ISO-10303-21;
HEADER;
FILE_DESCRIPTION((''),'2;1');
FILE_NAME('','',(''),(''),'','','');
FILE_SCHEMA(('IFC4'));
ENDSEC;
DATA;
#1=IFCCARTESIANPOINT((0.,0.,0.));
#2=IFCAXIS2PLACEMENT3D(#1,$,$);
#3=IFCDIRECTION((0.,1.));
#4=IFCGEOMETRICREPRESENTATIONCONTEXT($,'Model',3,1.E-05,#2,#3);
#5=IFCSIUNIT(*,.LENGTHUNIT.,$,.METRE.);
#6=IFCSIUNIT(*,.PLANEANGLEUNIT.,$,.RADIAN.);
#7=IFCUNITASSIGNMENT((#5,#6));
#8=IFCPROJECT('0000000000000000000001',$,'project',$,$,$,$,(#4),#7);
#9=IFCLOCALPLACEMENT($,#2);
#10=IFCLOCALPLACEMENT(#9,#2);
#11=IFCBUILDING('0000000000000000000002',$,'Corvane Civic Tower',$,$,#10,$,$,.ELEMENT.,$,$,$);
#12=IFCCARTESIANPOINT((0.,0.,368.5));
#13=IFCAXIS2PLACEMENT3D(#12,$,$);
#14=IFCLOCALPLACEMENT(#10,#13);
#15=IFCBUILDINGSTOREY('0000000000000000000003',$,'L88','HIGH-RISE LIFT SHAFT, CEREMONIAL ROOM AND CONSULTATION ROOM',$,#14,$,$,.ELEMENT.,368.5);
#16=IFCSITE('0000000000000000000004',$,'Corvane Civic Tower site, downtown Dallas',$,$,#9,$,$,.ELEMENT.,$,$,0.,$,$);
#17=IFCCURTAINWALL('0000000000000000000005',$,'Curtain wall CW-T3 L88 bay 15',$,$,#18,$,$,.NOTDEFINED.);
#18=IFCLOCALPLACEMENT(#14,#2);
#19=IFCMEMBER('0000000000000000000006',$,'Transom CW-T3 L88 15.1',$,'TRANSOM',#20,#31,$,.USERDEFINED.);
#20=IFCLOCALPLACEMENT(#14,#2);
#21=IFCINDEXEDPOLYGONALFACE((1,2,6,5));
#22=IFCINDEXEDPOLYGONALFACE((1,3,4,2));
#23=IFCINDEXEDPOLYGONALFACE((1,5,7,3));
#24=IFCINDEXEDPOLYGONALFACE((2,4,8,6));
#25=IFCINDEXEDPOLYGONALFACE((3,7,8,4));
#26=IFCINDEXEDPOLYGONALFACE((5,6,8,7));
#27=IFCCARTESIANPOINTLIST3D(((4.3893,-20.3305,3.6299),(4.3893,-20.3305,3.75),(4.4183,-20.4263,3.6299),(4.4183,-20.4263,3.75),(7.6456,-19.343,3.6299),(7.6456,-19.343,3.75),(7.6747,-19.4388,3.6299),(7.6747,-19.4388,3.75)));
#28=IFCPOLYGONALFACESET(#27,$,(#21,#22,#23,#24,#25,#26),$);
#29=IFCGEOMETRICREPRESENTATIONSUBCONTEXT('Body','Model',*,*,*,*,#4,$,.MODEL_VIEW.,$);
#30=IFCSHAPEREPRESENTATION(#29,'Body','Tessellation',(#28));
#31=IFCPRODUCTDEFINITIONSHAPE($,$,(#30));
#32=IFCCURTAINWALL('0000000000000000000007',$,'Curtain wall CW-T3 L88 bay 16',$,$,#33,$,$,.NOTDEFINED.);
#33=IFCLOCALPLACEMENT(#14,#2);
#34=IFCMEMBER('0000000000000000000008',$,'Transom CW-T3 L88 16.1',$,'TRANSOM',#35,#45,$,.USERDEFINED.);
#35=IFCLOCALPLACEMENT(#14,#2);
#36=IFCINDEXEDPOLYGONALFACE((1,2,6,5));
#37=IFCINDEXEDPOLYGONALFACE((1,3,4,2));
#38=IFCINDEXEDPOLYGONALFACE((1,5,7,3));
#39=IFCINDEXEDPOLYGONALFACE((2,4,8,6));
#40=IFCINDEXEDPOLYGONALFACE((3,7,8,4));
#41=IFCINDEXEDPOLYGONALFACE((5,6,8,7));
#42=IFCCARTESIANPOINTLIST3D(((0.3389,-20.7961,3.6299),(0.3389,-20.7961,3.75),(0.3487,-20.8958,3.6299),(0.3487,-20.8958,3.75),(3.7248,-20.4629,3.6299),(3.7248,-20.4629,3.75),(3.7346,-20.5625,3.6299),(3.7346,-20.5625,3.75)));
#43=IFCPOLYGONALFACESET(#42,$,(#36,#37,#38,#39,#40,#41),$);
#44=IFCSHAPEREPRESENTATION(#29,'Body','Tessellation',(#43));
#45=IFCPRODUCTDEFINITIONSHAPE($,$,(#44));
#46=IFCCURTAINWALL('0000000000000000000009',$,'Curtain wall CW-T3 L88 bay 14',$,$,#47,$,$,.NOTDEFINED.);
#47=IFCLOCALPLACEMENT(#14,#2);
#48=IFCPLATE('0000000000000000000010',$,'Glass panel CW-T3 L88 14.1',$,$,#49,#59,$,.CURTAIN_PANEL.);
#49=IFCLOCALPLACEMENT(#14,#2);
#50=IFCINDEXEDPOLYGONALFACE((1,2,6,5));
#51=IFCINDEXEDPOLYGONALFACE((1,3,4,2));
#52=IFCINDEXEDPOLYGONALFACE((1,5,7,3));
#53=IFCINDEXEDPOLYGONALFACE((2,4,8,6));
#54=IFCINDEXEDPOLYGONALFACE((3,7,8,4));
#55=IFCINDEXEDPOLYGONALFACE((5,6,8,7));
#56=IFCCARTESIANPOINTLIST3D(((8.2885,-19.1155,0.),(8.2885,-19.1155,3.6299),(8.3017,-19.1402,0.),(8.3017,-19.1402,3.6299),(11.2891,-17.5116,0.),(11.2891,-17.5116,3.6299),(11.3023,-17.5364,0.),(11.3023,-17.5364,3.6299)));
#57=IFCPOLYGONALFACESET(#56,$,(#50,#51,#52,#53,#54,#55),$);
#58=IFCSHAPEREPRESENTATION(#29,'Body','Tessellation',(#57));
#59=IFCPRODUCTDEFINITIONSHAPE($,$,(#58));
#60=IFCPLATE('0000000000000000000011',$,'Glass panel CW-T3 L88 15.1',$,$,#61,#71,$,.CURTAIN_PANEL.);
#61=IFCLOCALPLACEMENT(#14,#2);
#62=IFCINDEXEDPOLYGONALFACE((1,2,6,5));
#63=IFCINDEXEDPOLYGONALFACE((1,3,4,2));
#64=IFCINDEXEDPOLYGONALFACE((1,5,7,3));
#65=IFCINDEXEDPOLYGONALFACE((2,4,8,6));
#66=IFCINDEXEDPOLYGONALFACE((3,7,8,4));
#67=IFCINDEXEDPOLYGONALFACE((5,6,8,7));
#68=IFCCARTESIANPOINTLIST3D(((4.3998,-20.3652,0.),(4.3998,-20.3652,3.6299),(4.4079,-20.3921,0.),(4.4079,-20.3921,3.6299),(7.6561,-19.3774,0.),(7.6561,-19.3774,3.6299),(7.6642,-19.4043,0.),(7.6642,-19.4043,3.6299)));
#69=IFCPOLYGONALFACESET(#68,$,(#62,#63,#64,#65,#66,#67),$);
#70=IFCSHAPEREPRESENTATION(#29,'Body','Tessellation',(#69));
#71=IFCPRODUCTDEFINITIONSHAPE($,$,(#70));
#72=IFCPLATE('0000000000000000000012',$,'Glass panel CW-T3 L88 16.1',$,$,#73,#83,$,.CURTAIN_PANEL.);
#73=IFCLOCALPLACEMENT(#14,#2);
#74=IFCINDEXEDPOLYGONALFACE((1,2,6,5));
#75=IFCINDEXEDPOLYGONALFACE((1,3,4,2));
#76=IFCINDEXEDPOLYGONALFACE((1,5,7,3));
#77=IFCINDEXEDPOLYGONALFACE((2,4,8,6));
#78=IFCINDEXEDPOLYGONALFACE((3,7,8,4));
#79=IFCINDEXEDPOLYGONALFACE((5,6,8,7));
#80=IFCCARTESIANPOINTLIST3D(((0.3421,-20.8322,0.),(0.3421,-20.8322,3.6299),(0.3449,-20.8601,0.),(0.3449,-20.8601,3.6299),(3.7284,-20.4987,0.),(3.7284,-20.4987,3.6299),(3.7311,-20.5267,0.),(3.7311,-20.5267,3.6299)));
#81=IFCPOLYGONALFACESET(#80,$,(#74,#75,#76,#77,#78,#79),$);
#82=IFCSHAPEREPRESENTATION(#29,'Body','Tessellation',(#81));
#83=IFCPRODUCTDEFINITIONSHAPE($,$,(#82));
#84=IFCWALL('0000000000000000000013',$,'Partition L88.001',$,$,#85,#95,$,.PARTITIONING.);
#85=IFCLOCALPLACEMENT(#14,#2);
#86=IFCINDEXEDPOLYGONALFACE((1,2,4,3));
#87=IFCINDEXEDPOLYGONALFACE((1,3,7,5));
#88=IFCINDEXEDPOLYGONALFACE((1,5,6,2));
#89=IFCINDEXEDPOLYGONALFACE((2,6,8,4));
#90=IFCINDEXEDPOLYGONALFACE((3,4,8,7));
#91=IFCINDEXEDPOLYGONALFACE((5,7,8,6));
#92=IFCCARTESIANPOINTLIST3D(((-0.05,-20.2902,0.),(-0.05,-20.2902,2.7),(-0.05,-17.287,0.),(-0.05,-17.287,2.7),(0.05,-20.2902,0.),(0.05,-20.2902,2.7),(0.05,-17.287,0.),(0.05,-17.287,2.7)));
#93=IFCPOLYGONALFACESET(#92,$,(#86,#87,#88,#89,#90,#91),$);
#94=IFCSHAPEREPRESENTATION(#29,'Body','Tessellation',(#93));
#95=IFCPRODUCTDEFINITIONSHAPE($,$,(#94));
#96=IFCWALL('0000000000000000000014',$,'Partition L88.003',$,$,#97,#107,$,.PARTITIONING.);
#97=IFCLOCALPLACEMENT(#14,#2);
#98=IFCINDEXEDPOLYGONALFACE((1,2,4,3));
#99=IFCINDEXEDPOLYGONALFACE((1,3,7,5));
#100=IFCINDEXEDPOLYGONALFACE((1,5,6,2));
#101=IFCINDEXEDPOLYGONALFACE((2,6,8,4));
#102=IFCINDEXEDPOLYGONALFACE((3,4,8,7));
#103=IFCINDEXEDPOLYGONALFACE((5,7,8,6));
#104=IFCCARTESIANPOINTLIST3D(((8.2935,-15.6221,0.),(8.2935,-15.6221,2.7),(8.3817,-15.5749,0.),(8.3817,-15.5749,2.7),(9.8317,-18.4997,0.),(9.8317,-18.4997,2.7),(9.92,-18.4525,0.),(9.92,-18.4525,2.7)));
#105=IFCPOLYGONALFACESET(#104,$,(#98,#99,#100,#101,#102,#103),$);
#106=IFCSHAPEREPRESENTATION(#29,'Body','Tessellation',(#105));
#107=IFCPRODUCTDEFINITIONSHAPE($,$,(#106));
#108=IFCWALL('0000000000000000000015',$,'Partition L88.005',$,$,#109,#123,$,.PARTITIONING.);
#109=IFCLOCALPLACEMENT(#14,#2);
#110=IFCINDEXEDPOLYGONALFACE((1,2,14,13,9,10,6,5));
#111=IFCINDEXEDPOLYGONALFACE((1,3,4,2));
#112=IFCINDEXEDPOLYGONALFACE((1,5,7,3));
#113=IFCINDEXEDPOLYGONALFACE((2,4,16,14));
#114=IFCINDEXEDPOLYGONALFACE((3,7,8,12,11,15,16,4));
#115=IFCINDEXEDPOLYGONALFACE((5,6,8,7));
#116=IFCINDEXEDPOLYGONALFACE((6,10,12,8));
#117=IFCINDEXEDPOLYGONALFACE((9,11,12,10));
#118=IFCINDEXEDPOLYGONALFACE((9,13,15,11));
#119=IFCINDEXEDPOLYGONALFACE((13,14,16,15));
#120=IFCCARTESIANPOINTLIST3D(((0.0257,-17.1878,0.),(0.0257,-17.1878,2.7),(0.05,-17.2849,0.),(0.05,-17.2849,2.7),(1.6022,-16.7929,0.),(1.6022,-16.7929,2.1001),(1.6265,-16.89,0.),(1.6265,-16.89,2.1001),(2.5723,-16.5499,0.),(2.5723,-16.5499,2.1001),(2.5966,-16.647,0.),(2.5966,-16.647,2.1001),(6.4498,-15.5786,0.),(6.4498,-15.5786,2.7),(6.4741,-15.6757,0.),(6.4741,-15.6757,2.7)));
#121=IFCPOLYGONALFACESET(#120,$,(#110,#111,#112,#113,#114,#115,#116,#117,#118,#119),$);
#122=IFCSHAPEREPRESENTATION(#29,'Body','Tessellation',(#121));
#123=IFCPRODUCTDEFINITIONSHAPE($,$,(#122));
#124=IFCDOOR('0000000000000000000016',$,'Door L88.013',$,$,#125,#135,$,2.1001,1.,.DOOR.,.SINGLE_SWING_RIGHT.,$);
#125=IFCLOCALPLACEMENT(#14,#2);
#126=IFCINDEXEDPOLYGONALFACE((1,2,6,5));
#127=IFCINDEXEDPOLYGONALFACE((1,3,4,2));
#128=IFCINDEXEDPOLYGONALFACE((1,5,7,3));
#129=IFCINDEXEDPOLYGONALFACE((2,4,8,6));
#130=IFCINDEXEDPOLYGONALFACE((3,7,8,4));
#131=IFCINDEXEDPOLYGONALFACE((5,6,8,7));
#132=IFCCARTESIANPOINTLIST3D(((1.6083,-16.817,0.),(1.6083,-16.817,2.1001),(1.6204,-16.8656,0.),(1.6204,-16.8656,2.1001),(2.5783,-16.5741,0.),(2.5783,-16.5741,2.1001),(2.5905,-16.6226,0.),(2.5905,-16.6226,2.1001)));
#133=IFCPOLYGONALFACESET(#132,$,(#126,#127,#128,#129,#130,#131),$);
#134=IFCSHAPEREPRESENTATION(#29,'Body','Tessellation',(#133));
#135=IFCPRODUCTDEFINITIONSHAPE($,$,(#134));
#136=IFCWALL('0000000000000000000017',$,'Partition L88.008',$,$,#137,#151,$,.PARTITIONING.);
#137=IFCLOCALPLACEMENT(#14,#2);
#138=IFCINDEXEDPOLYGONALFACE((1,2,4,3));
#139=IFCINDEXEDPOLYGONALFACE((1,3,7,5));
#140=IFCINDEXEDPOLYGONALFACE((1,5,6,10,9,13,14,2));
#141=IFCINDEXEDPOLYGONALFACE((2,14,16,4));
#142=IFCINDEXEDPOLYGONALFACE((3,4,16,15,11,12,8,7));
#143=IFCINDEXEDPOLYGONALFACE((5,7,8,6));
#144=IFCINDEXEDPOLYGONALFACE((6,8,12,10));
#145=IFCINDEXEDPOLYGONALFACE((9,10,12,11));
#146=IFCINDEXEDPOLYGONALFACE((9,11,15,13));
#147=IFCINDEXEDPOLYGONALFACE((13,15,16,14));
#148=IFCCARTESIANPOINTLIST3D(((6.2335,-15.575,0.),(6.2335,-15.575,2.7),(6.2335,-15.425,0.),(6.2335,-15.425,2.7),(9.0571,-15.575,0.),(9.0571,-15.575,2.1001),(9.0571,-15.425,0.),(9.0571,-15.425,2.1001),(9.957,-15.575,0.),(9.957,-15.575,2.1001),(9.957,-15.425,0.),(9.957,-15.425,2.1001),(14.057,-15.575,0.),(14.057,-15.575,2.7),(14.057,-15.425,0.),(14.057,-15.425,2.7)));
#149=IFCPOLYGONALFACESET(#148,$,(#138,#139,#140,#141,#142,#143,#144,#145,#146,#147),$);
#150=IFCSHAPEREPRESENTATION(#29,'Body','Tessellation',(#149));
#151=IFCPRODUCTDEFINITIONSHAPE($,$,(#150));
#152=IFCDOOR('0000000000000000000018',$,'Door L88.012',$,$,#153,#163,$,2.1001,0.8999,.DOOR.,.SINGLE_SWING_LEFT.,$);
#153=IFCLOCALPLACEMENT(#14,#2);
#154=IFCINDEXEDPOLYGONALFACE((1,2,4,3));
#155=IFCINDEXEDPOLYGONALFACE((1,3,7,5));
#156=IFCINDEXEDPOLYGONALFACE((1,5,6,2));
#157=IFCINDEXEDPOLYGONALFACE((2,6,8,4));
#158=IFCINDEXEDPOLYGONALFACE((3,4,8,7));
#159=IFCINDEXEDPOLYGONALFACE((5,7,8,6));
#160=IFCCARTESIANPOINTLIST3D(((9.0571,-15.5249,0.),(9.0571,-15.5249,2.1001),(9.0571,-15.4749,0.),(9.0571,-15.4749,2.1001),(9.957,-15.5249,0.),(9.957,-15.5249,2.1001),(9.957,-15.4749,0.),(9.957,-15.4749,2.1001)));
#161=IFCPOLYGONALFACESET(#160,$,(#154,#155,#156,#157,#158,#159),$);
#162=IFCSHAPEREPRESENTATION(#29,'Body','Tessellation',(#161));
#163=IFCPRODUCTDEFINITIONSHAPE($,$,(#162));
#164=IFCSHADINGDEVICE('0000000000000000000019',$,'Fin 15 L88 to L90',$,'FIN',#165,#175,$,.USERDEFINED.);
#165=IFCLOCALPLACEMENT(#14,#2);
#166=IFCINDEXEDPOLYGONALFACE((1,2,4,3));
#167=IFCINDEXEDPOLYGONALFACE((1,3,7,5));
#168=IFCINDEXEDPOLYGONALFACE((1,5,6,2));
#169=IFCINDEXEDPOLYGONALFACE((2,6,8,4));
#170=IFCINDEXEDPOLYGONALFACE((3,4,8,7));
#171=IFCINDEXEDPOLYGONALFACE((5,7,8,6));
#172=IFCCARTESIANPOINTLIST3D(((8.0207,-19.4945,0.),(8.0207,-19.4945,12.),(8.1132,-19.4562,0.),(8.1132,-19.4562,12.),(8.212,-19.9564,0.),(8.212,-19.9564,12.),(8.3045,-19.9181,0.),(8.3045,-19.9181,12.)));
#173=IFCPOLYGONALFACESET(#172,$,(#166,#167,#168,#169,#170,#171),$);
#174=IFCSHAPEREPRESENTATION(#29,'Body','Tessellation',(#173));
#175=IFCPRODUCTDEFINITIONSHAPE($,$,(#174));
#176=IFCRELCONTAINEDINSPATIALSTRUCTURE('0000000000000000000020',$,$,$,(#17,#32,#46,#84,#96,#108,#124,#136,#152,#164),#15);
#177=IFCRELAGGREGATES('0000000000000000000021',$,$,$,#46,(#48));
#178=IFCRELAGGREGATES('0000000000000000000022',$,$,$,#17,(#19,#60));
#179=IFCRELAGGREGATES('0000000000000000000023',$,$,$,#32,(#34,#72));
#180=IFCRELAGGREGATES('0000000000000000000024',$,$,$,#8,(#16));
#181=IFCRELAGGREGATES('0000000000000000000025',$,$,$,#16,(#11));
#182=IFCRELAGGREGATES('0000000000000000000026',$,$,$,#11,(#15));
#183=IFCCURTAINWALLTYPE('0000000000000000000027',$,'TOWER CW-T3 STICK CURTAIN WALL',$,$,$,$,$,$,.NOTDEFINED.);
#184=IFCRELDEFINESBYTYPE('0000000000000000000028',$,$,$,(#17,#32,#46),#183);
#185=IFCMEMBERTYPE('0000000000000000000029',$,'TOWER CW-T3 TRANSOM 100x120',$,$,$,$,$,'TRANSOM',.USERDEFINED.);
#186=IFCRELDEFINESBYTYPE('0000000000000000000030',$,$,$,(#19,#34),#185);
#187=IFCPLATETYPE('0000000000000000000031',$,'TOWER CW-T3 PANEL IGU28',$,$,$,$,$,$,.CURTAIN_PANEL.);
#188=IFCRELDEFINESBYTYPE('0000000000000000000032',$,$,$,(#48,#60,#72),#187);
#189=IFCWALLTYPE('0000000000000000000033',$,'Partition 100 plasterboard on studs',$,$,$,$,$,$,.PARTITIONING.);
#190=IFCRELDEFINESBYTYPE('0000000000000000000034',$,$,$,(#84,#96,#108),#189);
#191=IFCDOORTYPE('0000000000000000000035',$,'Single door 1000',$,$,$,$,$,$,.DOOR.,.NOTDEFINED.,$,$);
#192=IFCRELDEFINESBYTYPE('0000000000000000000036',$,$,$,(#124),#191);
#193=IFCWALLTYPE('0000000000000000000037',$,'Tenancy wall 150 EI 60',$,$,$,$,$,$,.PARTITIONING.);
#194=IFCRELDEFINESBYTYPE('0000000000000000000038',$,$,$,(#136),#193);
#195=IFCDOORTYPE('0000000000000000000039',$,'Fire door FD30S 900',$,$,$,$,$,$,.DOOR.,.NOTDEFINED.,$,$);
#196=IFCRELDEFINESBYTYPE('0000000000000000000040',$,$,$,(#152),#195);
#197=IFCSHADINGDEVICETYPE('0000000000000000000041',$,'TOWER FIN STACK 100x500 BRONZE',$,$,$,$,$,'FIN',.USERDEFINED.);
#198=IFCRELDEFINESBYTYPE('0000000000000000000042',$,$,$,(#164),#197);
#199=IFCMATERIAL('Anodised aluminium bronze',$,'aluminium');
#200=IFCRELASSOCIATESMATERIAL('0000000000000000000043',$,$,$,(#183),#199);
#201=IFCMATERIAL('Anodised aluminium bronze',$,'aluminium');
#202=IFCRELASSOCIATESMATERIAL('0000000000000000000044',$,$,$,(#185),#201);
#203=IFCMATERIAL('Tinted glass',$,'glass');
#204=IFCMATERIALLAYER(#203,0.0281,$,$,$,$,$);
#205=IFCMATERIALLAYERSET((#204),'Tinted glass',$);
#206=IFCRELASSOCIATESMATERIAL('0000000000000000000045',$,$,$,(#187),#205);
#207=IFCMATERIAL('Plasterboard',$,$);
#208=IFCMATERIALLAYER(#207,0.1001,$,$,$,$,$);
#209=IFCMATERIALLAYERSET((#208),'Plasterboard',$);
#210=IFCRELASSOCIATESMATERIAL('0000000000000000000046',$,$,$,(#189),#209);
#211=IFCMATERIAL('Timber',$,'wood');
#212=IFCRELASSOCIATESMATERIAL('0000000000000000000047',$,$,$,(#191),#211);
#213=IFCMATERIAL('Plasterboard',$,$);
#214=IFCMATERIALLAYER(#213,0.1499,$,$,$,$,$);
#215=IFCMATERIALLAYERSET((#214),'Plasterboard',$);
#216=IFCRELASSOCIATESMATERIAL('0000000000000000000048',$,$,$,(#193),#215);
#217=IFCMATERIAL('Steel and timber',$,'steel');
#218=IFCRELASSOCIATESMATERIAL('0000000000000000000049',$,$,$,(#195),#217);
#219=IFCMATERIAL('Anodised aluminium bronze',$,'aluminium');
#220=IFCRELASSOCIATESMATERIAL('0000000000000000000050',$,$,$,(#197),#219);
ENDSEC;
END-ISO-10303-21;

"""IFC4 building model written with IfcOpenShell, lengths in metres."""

from ifc_helpers import new_model, si_unit, direction, frame, frame_2d, origin, origin_2d, place, context, subcontext, project, spatial, rectangle, extrude, material, layer, layer_set, material_profile, profile_set, type_object, element, fill, aggregate, save


model = new_model("IFC4")

# Units and contexts
model_context = context("Model", 3, precision=1e-05, world=origin(), true_north=direction((0.0, 1.0)))
body_context = subcontext(model_context, "Body", "Model", "MODEL_VIEW")
ifc_project = project(units=[si_unit("LENGTHUNIT", "METRE"), si_unit("PLANEANGLEUNIT", "RADIAN")], contexts=[model_context])

# Site, building, storey
site_placement = place(None, origin())
site = spatial("IfcSite", under=ifc_project, at=site_placement, Name="Corvane Civic Tower site, downtown Dallas", CompositionType="ELEMENT", RefElevation=0.0)
building_placement = place(site_placement, origin())
building = spatial("IfcBuilding", under=site, at=building_placement, Name="Corvane Civic Tower", CompositionType="ELEMENT")
storey_placement = place(building_placement, frame((0.0, 0.0, 368.5)))
storey = spatial("IfcBuildingStorey", under=building, at=storey_placement, Name="L88", Description="HIGH-RISE LIFT SHAFT, CEREMONIAL ROOM AND CONSULTATION ROOM", CompositionType="ELEMENT", Elevation=368.5)

# Curtain walls, members
ifc_material_1 = material(Name="Anodised aluminium bronze", Category="aluminium")
curtain_wall_type = type_object("IfcCurtainWallType", Name="TOWER CW-T3 STICK CURTAIN WALL", PredefinedType="NOTDEFINED", material=ifc_material_1)
curtain_wall_1_placement = place(storey_placement, origin())
curtain_wall_1 = element("IfcCurtainWall", 1, at=curtain_wall_1_placement, inside=storey, type_object=curtain_wall_type, Name="Curtain wall CW-T3 L88 bay 15", PredefinedType="NOTDEFINED")
ifc_material_2 = material(Name="Anodised aluminium bronze", Category="aluminium")
ifc_material_profile_1 = material_profile(ifc_material_2, rectangle(XDim=0.1001, YDim=0.1201, at=origin_2d()), Name="TOWER CW-T3 TRANSOM 100x120")
ifc_profile_set_1 = profile_set([ifc_material_profile_1], Name="Anodised aluminium bronze")
member_type = type_object("IfcMemberType", Name="TOWER CW-T3 TRANSOM 100x120", ElementType="TRANSOM", PredefinedType="USERDEFINED", material=ifc_profile_set_1)
member_1_placement = place(storey_placement, frame((7.6602, -19.3909, 3.6899), z_axis=(-0.956961, -0.290216, 0.0), x_axis=(0.290216, -0.956961, 0.0)))
member_1 = element("IfcMember", 2, at=member_1_placement, type_object=member_type, Name="Transom CW-T3 L88 15.1", ObjectType="TRANSOM", PredefinedType="USERDEFINED", context=body_context, shape_type="SweptSolid", body=[
    extrude(rectangle(XDim=0.1001, YDim=0.1201, at=origin_2d()), origin(), (0.0, 0.0, 1.0), 3.4028),
])
curtain_wall_2_placement = place(storey_placement, origin())
curtain_wall_2 = element("IfcCurtainWall", 3, at=curtain_wall_2_placement, inside=storey, type_object=curtain_wall_type, Name="Curtain wall CW-T3 L88 bay 16", PredefinedType="NOTDEFINED")
member_2_placement = place(storey_placement, frame((3.7297, -20.5127, 3.6899), z_axis=(-0.995192, -0.097948, 0.0), x_axis=(0.097948, -0.995192, 0.0)))
member_2 = element("IfcMember", 4, at=member_2_placement, type_object=member_type, Name="Transom CW-T3 L88 16.1", ObjectType="TRANSOM", PredefinedType="USERDEFINED", context=body_context, shape_type="SweptSolid", body=[
    extrude(rectangle(XDim=0.1001, YDim=0.1201, at=origin_2d()), origin(), (0.0, 0.0, 1.0), 3.4023),
])

# Curtain wall, plate
curtain_wall_3_placement = place(storey_placement, origin())
curtain_wall_3 = element("IfcCurtainWall", 5, at=curtain_wall_3_placement, inside=storey, type_object=curtain_wall_type, Name="Curtain wall CW-T3 L88 bay 14", PredefinedType="NOTDEFINED")
ifc_material_3 = material(Name="Tinted glass", Category="glass")
ifc_layer_1 = layer(ifc_material_3, 0.0281)
ifc_layer_set_1 = layer_set([ifc_layer_1], Name="Tinted glass")
plate_type = type_object("IfcPlateType", Name="TOWER CW-T3 PANEL IGU28", PredefinedType="CURTAIN_PANEL", material=ifc_layer_set_1)
plate_1_placement = place(storey_placement, frame((9.7954, -18.3259, 0.0), z_axis=(0.0, 0.0, 1.0), x_axis=(-0.881928, -0.471384, 0.0)))
plate_1 = element("IfcPlate", 6, at=plate_1_placement, type_object=plate_type, Name="Glass panel CW-T3 L88 14.1", PredefinedType="CURTAIN_PANEL", context=body_context, shape_type="SweptSolid", body=[
    extrude(rectangle(XDim=3.4023, YDim=0.0281, at=origin_2d()), origin(), (0.0, 0.0, 1.0), 3.6299),
])
aggregate(curtain_wall_3, [plate_1])

# Plates
plate_2_placement = place(storey_placement, frame((6.032, -19.8848, 0.0), z_axis=(0.0, 0.0, 1.0), x_axis=(-0.956939, -0.29029, 0.0)))
plate_2 = element("IfcPlate", 7, at=plate_2_placement, type_object=plate_type, Name="Glass panel CW-T3 L88 15.1", PredefinedType="CURTAIN_PANEL", context=body_context, shape_type="SweptSolid", body=[
    extrude(rectangle(XDim=3.4028, YDim=0.0281, at=origin_2d()), origin(), (0.0, 0.0, 1.0), 3.6299),
])
aggregate(curtain_wall_1, [member_1, plate_2])
plate_3_placement = place(storey_placement, frame((2.0366, -20.6794, 0.0), z_axis=(0.0, 0.0, 1.0), x_axis=(-0.995187, -0.097998, 0.0)))
plate_3 = element("IfcPlate", 8, at=plate_3_placement, type_object=plate_type, Name="Glass panel CW-T3 L88 16.1", PredefinedType="CURTAIN_PANEL", context=body_context, shape_type="SweptSolid", body=[
    extrude(rectangle(XDim=3.4026, YDim=0.0281, at=origin_2d()), origin(), (0.0, 0.0, 1.0), 3.6299),
])
aggregate(curtain_wall_2, [member_2, plate_3])

# Walls
ifc_material_4 = material(Name="Plasterboard")
ifc_layer_2 = layer(ifc_material_4, 0.1001)
ifc_layer_set_2 = layer_set([ifc_layer_2], Name="Plasterboard")
wall_type_1 = type_object("IfcWallType", Name="Partition 100 plasterboard on studs", PredefinedType="PARTITIONING", material=ifc_layer_set_2)
wall_1_placement = place(storey_placement, frame((0.0, -20.29, 0.0), z_axis=(0.0, 0.0, 1.0), x_axis=(0.0, 1.0, 0.0)))
element("IfcWall", 9, at=wall_1_placement, inside=storey, type_object=wall_type_1, Name="Partition L88.001", PredefinedType="PARTITIONING", context=body_context, shape_type="SweptSolid", body=[
    extrude(rectangle(XDim=3.0032, YDim=0.1001, at=frame_2d((1.5015, 0.0))), origin(), (0.0, 0.0, 1.0), 2.7),
])
wall_2_placement = place(storey_placement, frame((8.3376, -15.5986, 0.0), z_axis=(0.0, 0.0, 1.0), x_axis=(0.471438, -0.881899, 0.0)))
element("IfcWall", 10, at=wall_2_placement, inside=storey, type_object=wall_type_1, Name="Partition L88.003", PredefinedType="PARTITIONING", context=body_context, shape_type="SweptSolid", body=[
    extrude(rectangle(XDim=3.2629, YDim=0.1001, at=frame_2d((1.6313, 0.0))), origin(), (0.0, 0.0, 1.0), 2.7),
])

# Walls, openings, doors
wall_3_placement = place(storey_placement, frame((0.0378, -17.2363, 0.0), z_axis=(0.0, 0.0, 1.0), x_axis=(0.970032, 0.242978, 0.0)))
wall_3 = element("IfcWall", 11, at=wall_3_placement, inside=storey, type_object=wall_type_1, Name="Partition L88.005", PredefinedType="PARTITIONING", context=body_context, shape_type="SweptSolid", body=[
    extrude(rectangle(XDim=6.6226, YDim=0.1001, at=frame_2d((3.3113, 0.0))), origin(), (0.0, 0.0, 1.0), 2.7),
])
opening_1_placement = place(wall_3_placement, frame((1.6252, 0.0, 0.0)))
opening_1 = element("IfcOpeningElement", 12, at=opening_1_placement, cuts=wall_3, PredefinedType="OPENING", context=body_context, shape_type="SweptSolid", body=[
    extrude(rectangle(XDim=1.0, YDim=2.1001, at=frame_2d((0.5, 1.05))), frame((0.0, 0.0601, 0.0), z_axis=(0.0, -1.0, 0.0), x_axis=(1.0, 0.0, 0.0)), (0.0, 0.0, 1.0), 0.1201),
])
ifc_material_5 = material(Name="Timber", Category="wood")
door_type_1 = type_object("IfcDoorType", Name="Single door 1000", OperationType="NOTDEFINED", PredefinedType="DOOR", material=ifc_material_5)
door_1_placement = place(opening_1_placement, frame((1.0, 0.0, 0.0), z_axis=(0.0, 0.0, 1.0), x_axis=(-1.0, 0.0, 0.0)))
door_1 = element("IfcDoor", 13, at=door_1_placement, inside=storey, type_object=door_type_1, Name="Door L88.013", OperationType="SINGLE_SWING_RIGHT", OverallHeight=2.1001, OverallWidth=1.0, PredefinedType="DOOR", context=body_context, shape_type="SweptSolid", body=[
    extrude(rectangle(XDim=1.0, YDim=2.1001, at=frame_2d((0.5, 1.05))), frame((0.0, 0.0249, 0.0), z_axis=(0.0, -1.0, 0.0), x_axis=(1.0, 0.0, 0.0)), (0.0, 0.0, 1.0), 0.05),
])
fill(opening_1, door_1)
ifc_material_6 = material(Name="Plasterboard")
ifc_layer_3 = layer(ifc_material_6, 0.1499)
ifc_layer_set_3 = layer_set([ifc_layer_3], Name="Plasterboard")
wall_type_2 = type_object("IfcWallType", Name="Tenancy wall 150 EI 60", PredefinedType="PARTITIONING", material=ifc_layer_set_3)
wall_4_placement = place(storey_placement, frame((6.2336, -15.5, 0.0), z_axis=(0.0, 0.0, 1.0), x_axis=(1.0, 0.0, 0.0)))
wall_4 = element("IfcWall", 14, at=wall_4_placement, inside=storey, type_object=wall_type_2, Name="Partition L88.008", PredefinedType="PARTITIONING", context=body_context, shape_type="SweptSolid", body=[
    extrude(rectangle(XDim=7.8235, YDim=0.1499, at=frame_2d((3.9116, 0.0))), origin(), (0.0, 0.0, 1.0), 2.7),
])
opening_2_placement = place(wall_4_placement, frame((2.8235, 0.0, 0.0)))
opening_2 = element("IfcOpeningElement", 15, at=opening_2_placement, cuts=wall_4, PredefinedType="OPENING", context=body_context, shape_type="SweptSolid", body=[
    extrude(rectangle(XDim=0.8999, YDim=2.1001, at=frame_2d((0.45, 1.05))), frame((0.0, 0.085, 0.0), z_axis=(0.0, -1.0, 0.0), x_axis=(1.0, 0.0, 0.0)), (0.0, 0.0, 1.0), 0.1699),
])
ifc_material_7 = material(Name="Steel and timber", Category="steel")
door_type_2 = type_object("IfcDoorType", Name="Fire door FD30S 900", OperationType="NOTDEFINED", PredefinedType="DOOR", material=ifc_material_7)
door_2_placement = place(opening_2_placement, frame((0.8999, 0.0, 0.0), z_axis=(0.0, 0.0, 1.0), x_axis=(-1.0, 0.0, 0.0)))
door_2 = element("IfcDoor", 16, at=door_2_placement, inside=storey, type_object=door_type_2, Name="Door L88.012", OperationType="SINGLE_SWING_LEFT", OverallHeight=2.1001, OverallWidth=0.8999, PredefinedType="DOOR", context=body_context, shape_type="SweptSolid", body=[
    extrude(rectangle(XDim=0.8999, YDim=2.1001, at=frame_2d((0.45, 1.05))), frame((0.0, 0.0249, 0.0), z_axis=(0.0, -1.0, 0.0), x_axis=(1.0, 0.0, 0.0)), (0.0, 0.0, 1.0), 0.05),
])
fill(opening_2, door_2)

# Shading device
ifc_material_8 = material(Name="Anodised aluminium bronze", Category="aluminium")
ifc_material_profile_2 = material_profile(ifc_material_8, rectangle(XDim=0.1001, YDim=0.5, at=origin_2d()), Name="TOWER FIN STACK 100x500 BRONZE")
ifc_profile_set_2 = profile_set([ifc_material_profile_2], Name="Anodised aluminium bronze")
shading_device_type = type_object("IfcShadingDeviceType", Name="TOWER FIN STACK 100x500 BRONZE", ElementType="FIN", PredefinedType="USERDEFINED", material=ifc_profile_set_2)
for number, where, z_axis, x_axis, name in (
    (17, (8.1626, -19.7063, 0.0), (0.0, 0.0, 1.0), (-0.92388, -0.382683, 0.0), "Fin 15 L88 to L90"),
):
    element("IfcShadingDevice", number, at=place(storey_placement, frame(where, z_axis=z_axis, x_axis=x_axis)), inside=storey, type_object=shading_device_type, Name=name, ObjectType="FIN", PredefinedType="USERDEFINED", context=body_context, shape_type="SweptSolid", body=[
        extrude(rectangle(XDim=0.1001, YDim=0.5, at=origin_2d()), origin(), (0.0, 0.0, 1.0), 12.0),
    ])

save(model, "model.ifc")
